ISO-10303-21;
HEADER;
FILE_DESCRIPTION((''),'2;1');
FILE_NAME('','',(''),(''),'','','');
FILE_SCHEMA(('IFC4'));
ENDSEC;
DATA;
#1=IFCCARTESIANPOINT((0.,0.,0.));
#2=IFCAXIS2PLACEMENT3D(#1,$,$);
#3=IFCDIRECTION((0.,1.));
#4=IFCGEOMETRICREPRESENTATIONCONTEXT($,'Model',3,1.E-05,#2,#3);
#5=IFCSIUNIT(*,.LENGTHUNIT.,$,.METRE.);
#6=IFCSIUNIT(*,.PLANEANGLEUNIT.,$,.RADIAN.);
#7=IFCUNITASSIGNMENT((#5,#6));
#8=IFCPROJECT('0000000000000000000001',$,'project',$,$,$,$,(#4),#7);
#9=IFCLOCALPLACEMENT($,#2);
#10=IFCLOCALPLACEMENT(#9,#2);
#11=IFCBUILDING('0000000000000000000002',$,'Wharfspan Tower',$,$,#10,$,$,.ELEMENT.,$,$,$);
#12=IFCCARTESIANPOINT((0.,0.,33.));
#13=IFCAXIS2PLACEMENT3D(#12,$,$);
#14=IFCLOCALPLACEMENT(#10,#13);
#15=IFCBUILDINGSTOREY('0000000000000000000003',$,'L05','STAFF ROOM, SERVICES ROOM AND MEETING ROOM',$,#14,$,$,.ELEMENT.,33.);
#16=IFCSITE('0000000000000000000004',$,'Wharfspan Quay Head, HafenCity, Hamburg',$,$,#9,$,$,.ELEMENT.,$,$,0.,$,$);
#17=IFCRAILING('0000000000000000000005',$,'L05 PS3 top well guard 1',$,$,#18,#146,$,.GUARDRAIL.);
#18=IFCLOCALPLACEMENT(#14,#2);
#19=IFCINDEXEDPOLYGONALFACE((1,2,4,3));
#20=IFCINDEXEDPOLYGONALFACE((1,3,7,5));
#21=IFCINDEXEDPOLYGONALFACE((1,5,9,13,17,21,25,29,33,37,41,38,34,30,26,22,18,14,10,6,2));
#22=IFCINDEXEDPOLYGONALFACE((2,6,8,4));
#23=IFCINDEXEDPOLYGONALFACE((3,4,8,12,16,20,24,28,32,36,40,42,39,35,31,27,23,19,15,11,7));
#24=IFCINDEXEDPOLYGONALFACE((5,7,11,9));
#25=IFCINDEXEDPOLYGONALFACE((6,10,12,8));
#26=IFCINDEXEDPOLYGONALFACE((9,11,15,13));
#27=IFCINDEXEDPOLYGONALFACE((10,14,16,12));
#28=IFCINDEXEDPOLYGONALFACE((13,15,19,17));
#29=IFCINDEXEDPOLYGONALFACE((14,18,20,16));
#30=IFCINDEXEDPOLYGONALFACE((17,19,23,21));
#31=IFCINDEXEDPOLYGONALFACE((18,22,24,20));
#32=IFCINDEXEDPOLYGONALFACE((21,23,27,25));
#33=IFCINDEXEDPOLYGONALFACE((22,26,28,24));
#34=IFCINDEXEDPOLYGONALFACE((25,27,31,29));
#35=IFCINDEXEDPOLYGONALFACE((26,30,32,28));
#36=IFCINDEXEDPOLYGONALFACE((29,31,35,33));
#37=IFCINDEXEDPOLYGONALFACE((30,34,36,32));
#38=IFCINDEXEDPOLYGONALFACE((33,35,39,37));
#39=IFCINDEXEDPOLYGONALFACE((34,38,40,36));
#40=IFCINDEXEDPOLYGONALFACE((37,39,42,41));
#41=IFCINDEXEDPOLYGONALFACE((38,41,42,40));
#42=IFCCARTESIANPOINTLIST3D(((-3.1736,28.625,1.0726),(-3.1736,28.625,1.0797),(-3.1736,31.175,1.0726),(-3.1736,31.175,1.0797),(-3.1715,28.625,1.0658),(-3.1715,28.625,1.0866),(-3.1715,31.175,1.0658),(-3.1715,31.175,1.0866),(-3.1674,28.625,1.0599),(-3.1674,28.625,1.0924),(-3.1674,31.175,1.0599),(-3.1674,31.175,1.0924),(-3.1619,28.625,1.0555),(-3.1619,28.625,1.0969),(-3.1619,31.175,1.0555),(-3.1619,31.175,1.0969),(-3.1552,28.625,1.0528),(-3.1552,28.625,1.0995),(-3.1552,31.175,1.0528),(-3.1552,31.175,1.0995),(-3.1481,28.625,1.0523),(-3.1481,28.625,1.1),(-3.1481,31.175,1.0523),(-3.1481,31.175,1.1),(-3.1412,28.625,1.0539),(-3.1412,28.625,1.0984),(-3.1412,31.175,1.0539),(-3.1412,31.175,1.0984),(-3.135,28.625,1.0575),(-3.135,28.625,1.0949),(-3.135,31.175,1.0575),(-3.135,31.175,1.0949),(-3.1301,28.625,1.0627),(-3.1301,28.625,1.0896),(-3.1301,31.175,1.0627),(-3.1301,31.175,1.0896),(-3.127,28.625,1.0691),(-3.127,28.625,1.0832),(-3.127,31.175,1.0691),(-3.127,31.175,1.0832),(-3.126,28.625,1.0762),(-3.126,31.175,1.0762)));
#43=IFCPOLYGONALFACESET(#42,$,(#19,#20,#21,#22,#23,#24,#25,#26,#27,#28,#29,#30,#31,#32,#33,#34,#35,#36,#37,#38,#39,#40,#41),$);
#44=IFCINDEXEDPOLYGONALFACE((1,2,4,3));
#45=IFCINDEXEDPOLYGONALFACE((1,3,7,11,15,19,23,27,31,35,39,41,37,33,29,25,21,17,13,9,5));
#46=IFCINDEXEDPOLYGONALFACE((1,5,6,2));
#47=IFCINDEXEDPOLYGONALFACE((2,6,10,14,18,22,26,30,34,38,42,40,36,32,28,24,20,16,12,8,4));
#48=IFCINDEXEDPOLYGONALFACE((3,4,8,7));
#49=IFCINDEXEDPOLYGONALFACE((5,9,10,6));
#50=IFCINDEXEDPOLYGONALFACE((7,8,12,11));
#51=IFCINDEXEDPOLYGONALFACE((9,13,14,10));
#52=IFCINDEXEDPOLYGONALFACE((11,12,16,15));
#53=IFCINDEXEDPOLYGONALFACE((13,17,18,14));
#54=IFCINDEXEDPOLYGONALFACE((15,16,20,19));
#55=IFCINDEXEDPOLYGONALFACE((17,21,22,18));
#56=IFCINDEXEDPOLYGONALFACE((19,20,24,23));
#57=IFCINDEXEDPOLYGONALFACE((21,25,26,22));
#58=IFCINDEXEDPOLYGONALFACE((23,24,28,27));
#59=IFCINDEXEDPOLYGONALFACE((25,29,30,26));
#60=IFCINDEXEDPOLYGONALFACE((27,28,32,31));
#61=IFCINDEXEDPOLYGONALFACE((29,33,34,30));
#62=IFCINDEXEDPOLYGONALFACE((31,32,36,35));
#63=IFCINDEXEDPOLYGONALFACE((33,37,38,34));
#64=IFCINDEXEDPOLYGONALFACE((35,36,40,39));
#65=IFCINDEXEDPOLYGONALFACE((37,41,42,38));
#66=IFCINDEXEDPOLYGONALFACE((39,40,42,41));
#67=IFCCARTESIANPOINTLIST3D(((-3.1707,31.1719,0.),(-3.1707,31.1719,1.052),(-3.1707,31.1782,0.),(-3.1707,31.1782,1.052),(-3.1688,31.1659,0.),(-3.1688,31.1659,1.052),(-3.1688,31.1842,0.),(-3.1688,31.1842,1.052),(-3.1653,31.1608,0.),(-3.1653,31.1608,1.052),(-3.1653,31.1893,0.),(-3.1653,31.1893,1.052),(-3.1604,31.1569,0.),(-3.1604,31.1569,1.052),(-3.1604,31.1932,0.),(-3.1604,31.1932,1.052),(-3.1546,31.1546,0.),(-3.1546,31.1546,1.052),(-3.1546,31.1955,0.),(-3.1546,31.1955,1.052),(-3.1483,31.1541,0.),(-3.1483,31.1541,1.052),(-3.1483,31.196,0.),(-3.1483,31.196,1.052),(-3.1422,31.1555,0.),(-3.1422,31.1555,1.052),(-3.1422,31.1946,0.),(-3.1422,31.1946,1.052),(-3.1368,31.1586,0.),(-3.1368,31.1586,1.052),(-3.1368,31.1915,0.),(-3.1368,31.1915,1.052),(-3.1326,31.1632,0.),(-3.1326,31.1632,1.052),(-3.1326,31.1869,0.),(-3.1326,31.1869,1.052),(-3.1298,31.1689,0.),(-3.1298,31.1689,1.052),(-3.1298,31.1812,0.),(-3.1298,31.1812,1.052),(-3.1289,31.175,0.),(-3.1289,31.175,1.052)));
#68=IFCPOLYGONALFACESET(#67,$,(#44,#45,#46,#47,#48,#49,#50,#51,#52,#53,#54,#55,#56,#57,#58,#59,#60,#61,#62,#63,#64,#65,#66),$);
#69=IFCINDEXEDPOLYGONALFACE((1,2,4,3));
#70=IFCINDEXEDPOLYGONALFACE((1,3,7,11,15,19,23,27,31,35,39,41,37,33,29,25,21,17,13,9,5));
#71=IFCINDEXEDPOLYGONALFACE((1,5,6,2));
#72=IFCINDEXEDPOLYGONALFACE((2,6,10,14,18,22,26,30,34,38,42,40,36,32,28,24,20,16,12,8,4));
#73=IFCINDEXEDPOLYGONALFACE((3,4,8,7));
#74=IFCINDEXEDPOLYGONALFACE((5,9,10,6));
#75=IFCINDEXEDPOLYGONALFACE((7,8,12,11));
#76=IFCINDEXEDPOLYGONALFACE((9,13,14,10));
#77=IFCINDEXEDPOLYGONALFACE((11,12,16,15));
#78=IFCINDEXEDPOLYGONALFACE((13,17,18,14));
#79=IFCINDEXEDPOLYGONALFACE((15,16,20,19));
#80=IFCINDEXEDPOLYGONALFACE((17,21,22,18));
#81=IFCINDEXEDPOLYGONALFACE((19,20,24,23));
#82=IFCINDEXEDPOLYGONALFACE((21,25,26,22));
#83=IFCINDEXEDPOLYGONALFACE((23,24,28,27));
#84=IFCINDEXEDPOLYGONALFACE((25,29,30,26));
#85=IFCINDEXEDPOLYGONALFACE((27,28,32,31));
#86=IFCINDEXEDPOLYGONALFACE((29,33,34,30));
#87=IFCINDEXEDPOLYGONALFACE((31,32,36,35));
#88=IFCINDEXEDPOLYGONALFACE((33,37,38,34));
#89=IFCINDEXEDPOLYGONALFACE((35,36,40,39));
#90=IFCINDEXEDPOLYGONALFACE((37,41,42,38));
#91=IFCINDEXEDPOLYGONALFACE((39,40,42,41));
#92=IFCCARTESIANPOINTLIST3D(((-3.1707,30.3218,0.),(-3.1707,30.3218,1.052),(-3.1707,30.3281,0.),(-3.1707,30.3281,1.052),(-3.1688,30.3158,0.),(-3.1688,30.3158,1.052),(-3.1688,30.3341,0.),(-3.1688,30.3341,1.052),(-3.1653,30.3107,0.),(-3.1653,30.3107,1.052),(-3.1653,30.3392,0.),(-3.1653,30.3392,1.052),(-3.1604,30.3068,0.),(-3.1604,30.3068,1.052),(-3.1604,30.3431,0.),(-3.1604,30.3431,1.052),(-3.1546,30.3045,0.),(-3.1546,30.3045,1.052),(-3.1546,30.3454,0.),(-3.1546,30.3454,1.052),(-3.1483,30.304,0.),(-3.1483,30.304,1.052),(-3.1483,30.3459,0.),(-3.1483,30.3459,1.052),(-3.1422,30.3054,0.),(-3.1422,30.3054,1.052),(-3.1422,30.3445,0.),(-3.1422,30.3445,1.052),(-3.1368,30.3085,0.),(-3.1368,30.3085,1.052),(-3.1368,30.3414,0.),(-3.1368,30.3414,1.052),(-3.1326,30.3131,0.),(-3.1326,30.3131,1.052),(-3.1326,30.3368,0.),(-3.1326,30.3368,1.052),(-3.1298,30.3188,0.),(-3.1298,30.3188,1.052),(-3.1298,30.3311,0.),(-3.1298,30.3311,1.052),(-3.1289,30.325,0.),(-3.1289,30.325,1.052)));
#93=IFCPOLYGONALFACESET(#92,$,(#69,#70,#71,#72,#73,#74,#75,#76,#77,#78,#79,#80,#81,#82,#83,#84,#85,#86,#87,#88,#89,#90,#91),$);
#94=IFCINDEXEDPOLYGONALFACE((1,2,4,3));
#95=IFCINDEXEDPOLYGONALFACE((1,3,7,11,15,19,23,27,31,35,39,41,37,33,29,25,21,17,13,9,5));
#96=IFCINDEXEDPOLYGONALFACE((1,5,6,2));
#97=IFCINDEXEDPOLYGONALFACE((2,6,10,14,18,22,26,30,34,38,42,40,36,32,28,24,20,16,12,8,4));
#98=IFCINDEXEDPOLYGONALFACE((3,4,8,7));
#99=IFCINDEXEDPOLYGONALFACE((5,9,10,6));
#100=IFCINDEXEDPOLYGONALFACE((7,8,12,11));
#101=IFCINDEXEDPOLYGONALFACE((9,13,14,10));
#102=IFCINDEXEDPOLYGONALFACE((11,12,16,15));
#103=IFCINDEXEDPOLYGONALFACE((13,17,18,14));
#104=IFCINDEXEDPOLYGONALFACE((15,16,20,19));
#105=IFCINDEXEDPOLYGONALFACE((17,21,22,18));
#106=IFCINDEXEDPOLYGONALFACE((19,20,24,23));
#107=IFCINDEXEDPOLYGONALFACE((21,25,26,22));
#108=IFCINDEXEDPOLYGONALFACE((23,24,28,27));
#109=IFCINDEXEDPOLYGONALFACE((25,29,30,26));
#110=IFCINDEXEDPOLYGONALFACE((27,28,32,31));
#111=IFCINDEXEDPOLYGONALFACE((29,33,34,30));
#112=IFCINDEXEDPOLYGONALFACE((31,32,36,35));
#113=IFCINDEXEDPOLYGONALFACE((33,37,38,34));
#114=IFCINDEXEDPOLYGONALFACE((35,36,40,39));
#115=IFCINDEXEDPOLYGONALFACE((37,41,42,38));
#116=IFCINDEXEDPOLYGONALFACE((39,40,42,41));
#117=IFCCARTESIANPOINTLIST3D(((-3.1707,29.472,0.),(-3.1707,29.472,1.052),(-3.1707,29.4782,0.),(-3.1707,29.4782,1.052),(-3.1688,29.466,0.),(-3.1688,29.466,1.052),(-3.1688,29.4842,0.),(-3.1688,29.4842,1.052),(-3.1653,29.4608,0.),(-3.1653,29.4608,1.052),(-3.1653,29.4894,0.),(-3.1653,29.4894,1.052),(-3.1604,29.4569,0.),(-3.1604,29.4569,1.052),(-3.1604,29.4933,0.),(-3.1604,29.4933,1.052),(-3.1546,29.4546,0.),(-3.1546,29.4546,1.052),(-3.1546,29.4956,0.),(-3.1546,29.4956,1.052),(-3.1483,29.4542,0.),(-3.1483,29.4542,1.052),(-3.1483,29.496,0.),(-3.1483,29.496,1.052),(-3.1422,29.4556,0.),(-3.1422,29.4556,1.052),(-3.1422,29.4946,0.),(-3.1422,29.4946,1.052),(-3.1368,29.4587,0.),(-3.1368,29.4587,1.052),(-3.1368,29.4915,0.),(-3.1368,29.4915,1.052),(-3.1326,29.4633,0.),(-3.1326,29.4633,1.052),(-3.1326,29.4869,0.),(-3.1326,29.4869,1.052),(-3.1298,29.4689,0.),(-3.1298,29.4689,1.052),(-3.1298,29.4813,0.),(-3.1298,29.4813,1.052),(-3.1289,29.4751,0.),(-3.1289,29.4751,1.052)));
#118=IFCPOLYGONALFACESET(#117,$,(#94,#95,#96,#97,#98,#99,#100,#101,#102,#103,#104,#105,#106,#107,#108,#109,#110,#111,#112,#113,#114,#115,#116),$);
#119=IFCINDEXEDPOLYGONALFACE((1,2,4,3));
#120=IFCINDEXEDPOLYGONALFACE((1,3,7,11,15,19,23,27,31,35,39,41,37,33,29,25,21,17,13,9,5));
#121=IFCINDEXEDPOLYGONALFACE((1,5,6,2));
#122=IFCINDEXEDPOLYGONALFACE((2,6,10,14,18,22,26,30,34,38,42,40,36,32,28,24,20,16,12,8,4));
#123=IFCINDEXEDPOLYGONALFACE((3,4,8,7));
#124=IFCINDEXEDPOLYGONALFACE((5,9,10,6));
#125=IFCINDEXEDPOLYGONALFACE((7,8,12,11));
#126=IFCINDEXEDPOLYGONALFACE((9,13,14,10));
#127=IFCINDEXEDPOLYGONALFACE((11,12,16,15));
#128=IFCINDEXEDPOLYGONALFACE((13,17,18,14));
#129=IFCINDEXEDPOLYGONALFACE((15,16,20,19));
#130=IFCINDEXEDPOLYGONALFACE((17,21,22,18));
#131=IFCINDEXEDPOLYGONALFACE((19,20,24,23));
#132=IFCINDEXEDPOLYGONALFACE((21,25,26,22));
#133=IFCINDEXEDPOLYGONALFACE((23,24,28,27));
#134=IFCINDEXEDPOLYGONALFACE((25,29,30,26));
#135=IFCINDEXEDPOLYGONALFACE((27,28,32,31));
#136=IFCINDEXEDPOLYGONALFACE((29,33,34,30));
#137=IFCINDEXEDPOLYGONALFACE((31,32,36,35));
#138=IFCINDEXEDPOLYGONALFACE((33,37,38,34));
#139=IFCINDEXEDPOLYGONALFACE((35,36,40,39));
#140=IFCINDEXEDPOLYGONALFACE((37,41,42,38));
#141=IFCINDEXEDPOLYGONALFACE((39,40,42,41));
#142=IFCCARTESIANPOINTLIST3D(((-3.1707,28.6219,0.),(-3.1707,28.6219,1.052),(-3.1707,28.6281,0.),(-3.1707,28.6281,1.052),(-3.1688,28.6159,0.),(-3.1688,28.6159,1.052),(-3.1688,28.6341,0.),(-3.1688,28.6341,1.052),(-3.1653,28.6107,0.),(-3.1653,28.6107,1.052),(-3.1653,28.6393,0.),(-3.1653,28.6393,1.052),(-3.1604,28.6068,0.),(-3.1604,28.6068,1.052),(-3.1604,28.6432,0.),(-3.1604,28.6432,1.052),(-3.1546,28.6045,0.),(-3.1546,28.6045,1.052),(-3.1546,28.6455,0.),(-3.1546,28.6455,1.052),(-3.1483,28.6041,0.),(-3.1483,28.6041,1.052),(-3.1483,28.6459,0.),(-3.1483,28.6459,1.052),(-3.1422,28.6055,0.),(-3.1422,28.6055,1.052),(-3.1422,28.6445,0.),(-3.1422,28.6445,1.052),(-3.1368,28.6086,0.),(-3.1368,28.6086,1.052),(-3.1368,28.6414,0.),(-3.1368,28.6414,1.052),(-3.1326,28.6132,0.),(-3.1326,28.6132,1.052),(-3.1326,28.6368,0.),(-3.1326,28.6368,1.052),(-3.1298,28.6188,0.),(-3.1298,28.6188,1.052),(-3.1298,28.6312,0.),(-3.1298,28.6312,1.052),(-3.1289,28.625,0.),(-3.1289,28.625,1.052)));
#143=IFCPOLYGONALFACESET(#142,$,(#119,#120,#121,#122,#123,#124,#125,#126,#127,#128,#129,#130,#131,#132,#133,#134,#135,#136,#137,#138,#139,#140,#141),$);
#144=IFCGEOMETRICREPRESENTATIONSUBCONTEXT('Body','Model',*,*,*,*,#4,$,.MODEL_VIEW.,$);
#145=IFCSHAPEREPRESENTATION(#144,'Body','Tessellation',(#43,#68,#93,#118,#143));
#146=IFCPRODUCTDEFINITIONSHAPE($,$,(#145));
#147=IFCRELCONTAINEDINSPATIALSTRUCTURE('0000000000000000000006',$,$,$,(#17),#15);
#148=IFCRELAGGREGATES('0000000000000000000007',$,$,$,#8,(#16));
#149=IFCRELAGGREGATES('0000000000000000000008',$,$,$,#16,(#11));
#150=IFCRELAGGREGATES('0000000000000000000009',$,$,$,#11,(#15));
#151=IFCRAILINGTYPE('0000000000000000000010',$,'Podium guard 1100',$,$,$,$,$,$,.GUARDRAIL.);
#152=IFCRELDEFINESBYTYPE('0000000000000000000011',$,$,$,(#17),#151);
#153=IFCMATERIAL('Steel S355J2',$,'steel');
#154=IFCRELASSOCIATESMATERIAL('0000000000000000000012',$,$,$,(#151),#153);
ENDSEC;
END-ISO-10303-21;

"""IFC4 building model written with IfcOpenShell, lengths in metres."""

from ifc_helpers import new_model, si_unit, direction, frame, origin, origin_2d, place, context, subcontext, project, spatial, circle, extrude, material, type_object, element, save


model = new_model("IFC4")

# Units and contexts
model_context = context("Model", 3, precision=1e-05, world=origin(), true_north=direction((0.0, 1.0)))
body_context = subcontext(model_context, "Body", "Model", "MODEL_VIEW")
ifc_project = project(units=[si_unit("LENGTHUNIT", "METRE"), si_unit("PLANEANGLEUNIT", "RADIAN")], contexts=[model_context])

# Site, building, storey
site_placement = place(None, origin())
site = spatial("IfcSite", under=ifc_project, at=site_placement, Name="Wharfspan Quay Head, HafenCity, Hamburg", CompositionType="ELEMENT", RefElevation=0.0)
building_placement = place(site_placement, origin())
building = spatial("IfcBuilding", under=site, at=building_placement, Name="Wharfspan Tower", CompositionType="ELEMENT")
storey_placement = place(building_placement, frame((0.0, 0.0, 33.0)))
storey = spatial("IfcBuildingStorey", under=building, at=storey_placement, Name="L05", Description="STAFF ROOM, SERVICES ROOM AND MEETING ROOM", CompositionType="ELEMENT", Elevation=33.0)

# Railing
ifc_material_1 = material(Name="Steel S355J2", Category="steel")
railing_type_1 = type_object("IfcRailingType", Name="Podium guard 1100", PredefinedType="GUARDRAIL", material=ifc_material_1)
railing_1_placement = place(storey_placement, frame((-3.1499, 31.175, 0.0)))
element("IfcRailing", 1, at=railing_1_placement, inside=storey, type_object=railing_type_1, Name="L05 PS3 top well guard 1", PredefinedType="GUARDRAIL", context=body_context, shape_type="SweptSolid", body=[
    extrude(circle(Radius=0.0239, at=origin_2d()), frame((0.0, 0.0, 1.0762), z_axis=(0.0, -1.0, 0.0), x_axis=(1.0, 0.0, 0.0)), (0.0, 0.0, 1.0), 2.55),
    extrude(circle(Radius=0.021, at=origin_2d()), origin(), (0.0, 0.0, 1.0), 1.052),
    extrude(circle(Radius=0.021, at=origin_2d()), frame((0.0, -0.8501, 0.0)), (0.0, 0.0, 1.0), 1.052),
    extrude(circle(Radius=0.021, at=origin_2d()), frame((0.0, -1.7, 0.0)), (0.0, 0.0, 1.0), 1.052),
    extrude(circle(Radius=0.021, at=origin_2d()), frame((0.0, -2.55, 0.0)), (0.0, 0.0, 1.0), 1.052),
])

save(model, "model.ifc")
